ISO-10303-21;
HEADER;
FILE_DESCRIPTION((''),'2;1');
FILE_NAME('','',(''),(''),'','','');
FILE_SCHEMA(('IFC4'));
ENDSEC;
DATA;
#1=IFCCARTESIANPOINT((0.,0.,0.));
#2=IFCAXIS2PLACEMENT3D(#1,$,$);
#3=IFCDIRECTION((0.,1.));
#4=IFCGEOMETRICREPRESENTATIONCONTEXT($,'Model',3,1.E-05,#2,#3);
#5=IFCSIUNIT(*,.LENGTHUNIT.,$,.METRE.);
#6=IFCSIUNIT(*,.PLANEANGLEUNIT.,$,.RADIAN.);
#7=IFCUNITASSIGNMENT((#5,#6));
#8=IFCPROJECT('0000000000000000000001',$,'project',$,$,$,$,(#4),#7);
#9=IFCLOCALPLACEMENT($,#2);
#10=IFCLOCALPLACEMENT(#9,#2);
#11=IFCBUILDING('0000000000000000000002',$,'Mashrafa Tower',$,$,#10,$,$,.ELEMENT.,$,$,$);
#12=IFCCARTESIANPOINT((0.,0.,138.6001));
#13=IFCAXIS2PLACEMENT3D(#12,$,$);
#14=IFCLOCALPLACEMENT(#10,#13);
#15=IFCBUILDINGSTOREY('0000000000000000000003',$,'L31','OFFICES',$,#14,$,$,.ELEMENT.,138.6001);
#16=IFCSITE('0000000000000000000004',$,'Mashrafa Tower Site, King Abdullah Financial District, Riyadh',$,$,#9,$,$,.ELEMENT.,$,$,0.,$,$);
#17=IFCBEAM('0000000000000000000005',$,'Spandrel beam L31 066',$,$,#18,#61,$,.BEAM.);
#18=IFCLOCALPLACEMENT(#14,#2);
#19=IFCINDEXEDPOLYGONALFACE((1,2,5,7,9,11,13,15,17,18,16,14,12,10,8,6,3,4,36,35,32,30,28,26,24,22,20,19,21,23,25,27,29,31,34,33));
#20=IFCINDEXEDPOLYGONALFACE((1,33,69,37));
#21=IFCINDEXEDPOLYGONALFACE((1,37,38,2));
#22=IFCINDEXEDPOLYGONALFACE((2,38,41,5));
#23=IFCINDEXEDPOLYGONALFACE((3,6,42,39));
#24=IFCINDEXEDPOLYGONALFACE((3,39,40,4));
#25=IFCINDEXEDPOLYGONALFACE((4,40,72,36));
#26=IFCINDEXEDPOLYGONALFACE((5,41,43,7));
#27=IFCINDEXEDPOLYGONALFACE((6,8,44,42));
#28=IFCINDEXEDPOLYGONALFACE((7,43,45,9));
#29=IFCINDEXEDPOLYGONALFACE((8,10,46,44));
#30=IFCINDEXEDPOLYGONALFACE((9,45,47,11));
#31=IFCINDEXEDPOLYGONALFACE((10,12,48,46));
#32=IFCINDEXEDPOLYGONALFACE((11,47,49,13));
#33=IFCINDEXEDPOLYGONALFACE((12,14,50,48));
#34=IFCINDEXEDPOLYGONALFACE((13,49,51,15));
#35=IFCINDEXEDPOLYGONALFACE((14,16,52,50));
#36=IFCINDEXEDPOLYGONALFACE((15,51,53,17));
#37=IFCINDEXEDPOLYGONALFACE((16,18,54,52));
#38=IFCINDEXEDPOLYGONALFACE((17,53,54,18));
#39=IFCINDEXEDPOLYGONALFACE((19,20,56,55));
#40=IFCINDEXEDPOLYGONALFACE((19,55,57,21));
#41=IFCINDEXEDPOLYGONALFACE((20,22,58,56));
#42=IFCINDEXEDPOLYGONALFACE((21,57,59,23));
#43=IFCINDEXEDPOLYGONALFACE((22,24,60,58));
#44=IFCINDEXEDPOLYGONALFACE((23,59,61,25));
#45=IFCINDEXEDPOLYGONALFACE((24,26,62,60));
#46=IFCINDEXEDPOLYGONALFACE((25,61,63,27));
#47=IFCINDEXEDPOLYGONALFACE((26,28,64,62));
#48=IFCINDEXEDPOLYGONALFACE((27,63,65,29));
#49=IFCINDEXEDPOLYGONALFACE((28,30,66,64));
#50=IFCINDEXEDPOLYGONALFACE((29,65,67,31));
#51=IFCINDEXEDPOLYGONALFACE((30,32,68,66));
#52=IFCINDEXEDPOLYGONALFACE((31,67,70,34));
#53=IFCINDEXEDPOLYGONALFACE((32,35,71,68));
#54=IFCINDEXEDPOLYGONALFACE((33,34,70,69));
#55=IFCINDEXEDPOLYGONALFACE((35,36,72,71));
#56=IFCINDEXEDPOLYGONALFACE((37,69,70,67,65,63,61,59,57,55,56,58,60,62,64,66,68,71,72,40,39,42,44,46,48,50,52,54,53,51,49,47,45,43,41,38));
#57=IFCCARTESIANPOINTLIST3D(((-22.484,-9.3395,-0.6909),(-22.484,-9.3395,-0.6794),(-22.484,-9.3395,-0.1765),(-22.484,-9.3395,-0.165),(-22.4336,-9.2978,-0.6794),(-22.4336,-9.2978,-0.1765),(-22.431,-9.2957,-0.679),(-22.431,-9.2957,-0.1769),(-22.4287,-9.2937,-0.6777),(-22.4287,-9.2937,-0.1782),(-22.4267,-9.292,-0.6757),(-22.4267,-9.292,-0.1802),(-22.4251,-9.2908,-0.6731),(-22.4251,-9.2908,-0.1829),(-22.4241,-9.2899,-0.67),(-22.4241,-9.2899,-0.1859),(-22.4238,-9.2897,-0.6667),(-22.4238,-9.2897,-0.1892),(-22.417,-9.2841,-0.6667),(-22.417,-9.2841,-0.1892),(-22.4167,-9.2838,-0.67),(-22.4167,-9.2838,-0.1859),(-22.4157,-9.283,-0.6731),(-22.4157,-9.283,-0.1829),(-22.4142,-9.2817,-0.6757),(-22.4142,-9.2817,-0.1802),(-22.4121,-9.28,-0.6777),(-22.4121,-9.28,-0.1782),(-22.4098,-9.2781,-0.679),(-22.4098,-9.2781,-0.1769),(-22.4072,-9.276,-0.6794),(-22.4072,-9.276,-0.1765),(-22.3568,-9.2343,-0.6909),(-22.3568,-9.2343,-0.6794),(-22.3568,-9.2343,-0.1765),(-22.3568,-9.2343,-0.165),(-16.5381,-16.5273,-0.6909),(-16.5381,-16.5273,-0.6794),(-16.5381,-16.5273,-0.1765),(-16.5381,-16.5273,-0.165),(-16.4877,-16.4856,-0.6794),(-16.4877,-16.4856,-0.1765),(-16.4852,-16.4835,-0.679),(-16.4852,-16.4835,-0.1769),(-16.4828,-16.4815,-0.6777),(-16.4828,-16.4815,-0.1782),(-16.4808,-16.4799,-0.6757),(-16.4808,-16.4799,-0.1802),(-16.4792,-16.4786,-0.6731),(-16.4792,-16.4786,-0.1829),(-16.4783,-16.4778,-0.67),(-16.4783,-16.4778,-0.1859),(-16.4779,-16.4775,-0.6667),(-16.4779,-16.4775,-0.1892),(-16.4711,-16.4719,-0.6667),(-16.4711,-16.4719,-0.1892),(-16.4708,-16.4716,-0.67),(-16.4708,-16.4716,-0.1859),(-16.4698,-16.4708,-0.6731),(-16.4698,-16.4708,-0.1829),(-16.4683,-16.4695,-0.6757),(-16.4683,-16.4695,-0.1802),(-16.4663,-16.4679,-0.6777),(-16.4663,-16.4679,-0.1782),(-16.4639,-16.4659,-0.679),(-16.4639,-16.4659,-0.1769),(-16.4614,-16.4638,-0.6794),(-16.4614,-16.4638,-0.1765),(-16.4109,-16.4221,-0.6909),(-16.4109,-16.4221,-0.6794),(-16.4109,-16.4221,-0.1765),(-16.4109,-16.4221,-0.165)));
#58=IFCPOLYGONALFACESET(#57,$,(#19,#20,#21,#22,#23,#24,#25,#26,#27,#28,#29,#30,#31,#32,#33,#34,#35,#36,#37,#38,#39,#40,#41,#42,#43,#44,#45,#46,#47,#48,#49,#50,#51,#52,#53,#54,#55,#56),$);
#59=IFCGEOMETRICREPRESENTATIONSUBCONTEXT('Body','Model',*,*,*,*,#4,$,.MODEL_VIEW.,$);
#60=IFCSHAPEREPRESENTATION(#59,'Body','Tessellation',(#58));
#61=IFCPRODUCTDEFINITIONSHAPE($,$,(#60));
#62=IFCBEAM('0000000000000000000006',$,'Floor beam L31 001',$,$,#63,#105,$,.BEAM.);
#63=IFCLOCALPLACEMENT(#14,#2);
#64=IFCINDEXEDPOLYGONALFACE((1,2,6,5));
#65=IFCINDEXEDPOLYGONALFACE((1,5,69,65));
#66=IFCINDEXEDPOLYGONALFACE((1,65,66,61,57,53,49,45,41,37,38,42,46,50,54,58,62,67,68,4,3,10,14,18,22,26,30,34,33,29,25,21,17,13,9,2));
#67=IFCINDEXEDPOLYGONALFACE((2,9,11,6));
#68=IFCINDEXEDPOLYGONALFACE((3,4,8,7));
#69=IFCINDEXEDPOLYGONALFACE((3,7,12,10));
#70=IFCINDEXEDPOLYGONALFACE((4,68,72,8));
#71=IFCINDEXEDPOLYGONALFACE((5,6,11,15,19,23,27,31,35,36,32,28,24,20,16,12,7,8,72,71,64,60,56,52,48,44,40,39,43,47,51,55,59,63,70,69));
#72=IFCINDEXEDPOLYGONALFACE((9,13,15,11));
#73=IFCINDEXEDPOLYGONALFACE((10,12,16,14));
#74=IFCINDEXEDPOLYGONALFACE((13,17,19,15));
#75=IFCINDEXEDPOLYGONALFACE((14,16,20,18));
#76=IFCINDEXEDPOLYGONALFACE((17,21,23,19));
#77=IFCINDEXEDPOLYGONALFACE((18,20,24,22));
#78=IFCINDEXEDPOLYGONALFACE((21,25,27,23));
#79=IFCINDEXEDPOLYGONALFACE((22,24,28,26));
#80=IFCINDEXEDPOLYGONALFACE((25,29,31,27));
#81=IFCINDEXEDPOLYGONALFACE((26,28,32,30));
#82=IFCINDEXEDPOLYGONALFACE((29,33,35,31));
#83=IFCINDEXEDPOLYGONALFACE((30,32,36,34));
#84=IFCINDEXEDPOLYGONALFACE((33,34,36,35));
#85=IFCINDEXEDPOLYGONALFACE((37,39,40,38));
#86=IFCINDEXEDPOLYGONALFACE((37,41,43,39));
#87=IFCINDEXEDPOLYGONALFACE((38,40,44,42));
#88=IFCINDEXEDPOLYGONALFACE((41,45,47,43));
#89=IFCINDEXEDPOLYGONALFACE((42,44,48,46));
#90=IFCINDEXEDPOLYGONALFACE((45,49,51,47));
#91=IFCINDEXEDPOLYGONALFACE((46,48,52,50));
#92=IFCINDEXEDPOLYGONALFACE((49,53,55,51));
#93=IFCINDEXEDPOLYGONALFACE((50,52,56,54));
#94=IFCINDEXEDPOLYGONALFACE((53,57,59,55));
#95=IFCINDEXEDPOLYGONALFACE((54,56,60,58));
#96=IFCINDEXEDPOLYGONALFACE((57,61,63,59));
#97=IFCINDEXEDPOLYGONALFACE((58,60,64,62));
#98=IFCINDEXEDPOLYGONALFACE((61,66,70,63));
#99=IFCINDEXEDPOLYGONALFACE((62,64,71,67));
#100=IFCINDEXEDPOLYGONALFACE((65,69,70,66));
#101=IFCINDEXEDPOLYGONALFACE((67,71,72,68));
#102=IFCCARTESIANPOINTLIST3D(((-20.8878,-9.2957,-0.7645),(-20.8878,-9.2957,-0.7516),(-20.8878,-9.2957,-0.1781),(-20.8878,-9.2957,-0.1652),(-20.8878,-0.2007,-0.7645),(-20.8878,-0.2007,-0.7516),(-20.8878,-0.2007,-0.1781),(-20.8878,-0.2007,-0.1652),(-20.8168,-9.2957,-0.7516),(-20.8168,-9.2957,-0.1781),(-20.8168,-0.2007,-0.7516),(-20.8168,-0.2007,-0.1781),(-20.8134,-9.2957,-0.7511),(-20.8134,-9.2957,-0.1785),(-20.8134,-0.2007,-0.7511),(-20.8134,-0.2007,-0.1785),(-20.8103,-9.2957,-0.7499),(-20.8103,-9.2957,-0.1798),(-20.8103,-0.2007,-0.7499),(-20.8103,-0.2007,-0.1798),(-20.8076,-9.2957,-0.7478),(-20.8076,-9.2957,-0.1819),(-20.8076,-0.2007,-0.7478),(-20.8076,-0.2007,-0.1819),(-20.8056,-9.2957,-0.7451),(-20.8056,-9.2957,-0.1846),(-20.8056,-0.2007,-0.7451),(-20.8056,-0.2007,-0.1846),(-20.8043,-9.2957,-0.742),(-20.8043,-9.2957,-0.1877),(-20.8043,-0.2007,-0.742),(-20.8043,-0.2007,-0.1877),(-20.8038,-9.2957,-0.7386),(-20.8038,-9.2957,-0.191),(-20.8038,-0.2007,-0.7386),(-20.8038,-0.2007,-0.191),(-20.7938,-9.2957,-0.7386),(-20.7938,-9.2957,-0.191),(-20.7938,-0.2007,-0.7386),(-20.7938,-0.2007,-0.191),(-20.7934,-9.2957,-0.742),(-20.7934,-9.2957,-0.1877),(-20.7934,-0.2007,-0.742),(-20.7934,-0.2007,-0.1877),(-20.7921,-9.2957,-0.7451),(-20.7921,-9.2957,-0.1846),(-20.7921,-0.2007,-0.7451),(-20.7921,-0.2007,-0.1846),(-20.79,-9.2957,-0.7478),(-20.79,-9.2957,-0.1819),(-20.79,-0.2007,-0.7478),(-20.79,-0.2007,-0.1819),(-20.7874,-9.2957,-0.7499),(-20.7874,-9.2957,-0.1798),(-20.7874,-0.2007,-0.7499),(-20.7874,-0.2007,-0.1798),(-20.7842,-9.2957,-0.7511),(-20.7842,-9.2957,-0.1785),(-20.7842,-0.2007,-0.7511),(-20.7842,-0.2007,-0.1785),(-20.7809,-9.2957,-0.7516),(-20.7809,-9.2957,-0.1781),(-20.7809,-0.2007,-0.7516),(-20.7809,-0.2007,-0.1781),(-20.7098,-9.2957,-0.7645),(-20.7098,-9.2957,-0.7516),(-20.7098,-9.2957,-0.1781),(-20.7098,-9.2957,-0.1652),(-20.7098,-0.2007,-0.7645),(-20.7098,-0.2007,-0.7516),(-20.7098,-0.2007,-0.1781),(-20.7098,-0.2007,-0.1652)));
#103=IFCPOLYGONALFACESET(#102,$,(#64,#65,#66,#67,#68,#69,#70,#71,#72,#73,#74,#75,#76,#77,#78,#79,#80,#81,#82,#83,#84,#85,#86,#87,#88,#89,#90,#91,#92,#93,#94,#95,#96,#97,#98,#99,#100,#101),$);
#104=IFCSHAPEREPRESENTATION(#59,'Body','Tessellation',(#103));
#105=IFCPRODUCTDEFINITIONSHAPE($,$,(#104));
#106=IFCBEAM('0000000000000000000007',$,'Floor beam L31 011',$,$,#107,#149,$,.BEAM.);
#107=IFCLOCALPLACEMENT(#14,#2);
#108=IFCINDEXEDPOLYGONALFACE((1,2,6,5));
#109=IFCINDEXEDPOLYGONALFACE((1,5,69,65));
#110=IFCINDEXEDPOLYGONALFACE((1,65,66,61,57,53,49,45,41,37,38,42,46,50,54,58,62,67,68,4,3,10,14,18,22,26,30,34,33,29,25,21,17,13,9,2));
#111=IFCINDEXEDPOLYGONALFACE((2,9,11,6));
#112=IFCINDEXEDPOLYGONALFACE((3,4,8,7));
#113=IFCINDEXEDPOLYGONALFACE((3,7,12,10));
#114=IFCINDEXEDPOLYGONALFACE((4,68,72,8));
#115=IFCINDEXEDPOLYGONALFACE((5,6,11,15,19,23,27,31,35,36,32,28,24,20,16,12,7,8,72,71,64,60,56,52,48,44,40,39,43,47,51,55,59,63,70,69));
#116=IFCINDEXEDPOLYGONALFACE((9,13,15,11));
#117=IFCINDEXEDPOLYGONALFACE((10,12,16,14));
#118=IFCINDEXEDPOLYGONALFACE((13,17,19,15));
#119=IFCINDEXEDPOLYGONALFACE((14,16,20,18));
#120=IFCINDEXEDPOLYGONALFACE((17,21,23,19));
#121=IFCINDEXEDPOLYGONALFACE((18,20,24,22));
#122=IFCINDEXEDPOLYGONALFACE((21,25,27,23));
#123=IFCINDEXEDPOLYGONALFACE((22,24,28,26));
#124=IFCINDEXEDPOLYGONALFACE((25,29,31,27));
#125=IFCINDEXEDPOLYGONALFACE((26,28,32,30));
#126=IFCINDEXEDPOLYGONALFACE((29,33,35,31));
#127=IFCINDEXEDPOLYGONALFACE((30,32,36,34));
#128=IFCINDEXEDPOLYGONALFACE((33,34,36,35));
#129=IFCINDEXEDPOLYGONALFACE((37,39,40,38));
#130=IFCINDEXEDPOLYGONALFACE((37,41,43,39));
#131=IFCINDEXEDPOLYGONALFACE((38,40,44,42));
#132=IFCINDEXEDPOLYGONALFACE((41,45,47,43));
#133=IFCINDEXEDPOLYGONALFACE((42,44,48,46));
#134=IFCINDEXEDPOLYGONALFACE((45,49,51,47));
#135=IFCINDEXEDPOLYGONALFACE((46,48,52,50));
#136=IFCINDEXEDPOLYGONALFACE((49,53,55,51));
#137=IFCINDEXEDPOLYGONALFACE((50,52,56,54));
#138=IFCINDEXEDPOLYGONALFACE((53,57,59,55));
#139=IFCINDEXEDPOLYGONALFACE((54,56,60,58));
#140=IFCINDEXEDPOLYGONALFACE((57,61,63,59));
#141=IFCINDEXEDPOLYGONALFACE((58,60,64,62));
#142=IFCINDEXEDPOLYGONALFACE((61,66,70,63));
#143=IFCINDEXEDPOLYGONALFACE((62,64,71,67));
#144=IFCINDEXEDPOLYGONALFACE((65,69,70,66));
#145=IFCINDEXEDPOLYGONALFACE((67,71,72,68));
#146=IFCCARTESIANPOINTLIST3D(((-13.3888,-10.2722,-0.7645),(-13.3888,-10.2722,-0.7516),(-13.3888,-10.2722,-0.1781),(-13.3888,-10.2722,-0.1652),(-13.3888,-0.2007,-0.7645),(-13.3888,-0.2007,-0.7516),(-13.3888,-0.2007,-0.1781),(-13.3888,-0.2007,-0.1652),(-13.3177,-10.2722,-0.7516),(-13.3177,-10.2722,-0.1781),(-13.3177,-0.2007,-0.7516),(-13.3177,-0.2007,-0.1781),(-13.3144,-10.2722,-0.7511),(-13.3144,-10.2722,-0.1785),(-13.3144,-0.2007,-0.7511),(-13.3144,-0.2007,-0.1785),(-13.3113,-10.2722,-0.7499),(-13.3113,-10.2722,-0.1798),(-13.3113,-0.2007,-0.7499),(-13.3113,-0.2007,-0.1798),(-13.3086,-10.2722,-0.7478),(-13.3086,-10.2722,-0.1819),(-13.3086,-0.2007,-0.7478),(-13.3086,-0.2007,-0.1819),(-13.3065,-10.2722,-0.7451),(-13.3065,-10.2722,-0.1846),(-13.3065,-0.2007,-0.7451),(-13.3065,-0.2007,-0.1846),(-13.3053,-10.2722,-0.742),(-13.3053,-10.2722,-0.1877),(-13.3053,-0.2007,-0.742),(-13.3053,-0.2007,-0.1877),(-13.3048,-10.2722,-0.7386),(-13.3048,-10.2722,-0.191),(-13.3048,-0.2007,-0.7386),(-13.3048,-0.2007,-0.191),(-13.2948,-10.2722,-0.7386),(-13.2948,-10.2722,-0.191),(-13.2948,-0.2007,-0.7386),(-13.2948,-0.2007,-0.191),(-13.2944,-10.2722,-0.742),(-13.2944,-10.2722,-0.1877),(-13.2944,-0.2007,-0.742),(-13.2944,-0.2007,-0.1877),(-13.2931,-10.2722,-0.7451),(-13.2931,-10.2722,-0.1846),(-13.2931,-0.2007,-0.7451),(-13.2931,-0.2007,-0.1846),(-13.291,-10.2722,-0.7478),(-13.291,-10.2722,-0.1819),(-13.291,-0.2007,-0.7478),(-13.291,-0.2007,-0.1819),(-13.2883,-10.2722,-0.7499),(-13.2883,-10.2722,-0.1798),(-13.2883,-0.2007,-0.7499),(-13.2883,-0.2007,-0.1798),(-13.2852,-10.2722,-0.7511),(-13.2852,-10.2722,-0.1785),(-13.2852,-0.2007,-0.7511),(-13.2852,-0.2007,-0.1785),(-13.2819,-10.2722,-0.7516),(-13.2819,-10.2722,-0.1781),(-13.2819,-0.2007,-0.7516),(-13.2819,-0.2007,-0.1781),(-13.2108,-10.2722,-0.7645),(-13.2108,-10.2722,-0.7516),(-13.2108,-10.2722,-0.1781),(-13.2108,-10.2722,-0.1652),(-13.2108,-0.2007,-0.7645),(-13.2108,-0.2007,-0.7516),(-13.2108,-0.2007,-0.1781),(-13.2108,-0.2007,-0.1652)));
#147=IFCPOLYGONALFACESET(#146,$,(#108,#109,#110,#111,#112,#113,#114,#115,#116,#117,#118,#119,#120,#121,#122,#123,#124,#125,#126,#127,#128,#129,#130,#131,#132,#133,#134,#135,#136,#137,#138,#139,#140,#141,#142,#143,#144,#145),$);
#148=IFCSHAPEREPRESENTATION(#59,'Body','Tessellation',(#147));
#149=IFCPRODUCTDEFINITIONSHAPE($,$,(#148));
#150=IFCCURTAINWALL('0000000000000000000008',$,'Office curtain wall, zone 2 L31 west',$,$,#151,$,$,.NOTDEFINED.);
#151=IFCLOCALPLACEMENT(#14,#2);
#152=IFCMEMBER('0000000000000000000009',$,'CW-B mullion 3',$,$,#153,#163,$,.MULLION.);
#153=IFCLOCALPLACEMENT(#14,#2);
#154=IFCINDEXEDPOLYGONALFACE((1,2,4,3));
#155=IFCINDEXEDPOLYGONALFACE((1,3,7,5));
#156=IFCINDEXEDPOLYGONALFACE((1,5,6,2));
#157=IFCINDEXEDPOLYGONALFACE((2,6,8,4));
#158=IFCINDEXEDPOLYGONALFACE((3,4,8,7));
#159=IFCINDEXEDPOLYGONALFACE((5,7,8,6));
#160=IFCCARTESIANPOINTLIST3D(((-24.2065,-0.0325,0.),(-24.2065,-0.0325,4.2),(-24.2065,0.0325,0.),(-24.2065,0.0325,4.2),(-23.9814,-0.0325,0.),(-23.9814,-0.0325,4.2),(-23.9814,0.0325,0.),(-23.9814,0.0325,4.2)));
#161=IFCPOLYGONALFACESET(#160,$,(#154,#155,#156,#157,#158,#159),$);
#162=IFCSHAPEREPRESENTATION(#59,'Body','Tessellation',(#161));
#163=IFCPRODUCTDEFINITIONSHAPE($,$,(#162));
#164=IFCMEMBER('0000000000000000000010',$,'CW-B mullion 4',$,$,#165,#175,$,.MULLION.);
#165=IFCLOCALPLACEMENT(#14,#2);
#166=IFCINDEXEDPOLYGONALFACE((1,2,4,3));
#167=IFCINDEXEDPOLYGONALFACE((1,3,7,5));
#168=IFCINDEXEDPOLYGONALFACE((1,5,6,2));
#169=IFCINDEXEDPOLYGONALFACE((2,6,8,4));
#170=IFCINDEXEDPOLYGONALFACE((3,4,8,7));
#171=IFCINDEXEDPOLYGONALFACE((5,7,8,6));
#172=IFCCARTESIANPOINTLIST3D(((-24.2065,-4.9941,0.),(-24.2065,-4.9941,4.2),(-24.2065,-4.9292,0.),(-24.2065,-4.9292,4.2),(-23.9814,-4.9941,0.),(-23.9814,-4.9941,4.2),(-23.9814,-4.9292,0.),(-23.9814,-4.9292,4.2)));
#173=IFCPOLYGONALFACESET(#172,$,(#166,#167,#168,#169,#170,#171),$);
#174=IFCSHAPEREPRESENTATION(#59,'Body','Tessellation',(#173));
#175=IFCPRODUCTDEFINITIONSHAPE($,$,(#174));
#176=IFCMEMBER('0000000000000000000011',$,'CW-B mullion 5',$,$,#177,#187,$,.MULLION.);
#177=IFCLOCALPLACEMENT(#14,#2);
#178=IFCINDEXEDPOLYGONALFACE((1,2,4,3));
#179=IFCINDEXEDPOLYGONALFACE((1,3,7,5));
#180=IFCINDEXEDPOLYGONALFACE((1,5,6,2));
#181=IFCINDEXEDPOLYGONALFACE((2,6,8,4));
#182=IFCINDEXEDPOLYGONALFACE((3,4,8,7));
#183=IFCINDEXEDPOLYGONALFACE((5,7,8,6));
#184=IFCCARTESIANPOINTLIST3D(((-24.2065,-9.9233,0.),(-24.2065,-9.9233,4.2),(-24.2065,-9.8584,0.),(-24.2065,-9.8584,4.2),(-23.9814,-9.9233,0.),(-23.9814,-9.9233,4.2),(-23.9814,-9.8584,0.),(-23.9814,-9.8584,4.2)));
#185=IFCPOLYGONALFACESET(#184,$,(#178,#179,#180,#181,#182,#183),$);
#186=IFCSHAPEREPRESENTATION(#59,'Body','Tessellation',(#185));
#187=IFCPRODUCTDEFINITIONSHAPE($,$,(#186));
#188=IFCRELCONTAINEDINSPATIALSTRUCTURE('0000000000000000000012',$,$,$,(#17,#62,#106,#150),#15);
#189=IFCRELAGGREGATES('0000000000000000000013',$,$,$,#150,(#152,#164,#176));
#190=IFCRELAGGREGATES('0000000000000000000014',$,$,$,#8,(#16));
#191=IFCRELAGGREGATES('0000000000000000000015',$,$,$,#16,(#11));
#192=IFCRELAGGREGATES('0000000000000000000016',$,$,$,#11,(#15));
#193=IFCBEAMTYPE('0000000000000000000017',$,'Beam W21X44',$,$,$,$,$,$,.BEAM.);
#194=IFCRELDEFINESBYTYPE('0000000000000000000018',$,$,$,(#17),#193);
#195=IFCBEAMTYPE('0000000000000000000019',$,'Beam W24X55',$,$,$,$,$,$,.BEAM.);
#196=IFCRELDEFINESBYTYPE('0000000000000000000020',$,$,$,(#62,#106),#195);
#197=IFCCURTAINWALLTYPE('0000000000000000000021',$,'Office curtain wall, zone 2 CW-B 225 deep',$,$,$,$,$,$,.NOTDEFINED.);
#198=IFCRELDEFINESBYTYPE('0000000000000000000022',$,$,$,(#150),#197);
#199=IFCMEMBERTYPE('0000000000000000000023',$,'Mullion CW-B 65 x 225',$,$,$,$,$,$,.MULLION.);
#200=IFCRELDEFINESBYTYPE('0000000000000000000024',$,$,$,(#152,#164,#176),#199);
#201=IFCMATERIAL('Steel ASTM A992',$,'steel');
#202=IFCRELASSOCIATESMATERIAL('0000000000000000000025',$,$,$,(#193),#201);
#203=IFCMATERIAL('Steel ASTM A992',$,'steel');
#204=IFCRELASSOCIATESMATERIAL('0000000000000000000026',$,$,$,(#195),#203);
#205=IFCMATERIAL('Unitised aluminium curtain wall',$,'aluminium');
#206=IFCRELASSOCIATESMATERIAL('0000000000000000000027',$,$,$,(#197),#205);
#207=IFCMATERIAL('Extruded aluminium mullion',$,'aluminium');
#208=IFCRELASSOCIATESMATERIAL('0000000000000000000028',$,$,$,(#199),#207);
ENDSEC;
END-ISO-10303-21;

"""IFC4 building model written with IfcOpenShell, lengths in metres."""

from ifc_helpers import new_model, si_unit, direction, frame, origin, origin_2d, place, context, subcontext, project, spatial, rectangle, i_section, extrude, source, transform, mapped, material, material_profile, profile_set, type_object, type_shapes, element, aggregate, save


model = new_model("IFC4")

# Units and contexts
model_context = context("Model", 3, precision=1e-05, world=origin(), true_north=direction((0.0, 1.0)))
body_context = subcontext(model_context, "Body", "Model", "MODEL_VIEW")
ifc_project = project(units=[si_unit("LENGTHUNIT", "METRE"), si_unit("PLANEANGLEUNIT", "RADIAN")], contexts=[model_context])

# Site, building, storey
site_placement = place(None, origin())
site = spatial("IfcSite", under=ifc_project, at=site_placement, Name="Mashrafa Tower Site, King Abdullah Financial District, Riyadh", CompositionType="ELEMENT", RefElevation=0.0)
building_placement = place(site_placement, origin())
building = spatial("IfcBuilding", under=site, at=building_placement, Name="Mashrafa Tower", CompositionType="ELEMENT")
storey_placement = place(building_placement, frame((0.0, 0.0, 138.6001)))
storey = spatial("IfcBuildingStorey", under=building, at=storey_placement, Name="L31", Description="OFFICES", CompositionType="ELEMENT", Elevation=138.6001)

# Beams
ifc_material_1 = material(Name="Steel ASTM A992", Category="steel")
ifc_material_profile_1 = material_profile(ifc_material_1, i_section(OverallWidth=0.165, OverallDepth=0.5259, WebThickness=0.0088, FlangeThickness=0.0115, FilletRadius=0.0127, at=origin_2d()), Name="W21X44")
ifc_profile_set_1 = profile_set([ifc_material_profile_1], Name="Steel ASTM A992")
beam_type_1 = type_object("IfcBeamType", Name="Beam W21X44", PredefinedType="BEAM", material=ifc_profile_set_1)
for number, where, z_axis, x_axis, name in (
    (1, (-22.4204, -9.2869, -0.428), (0.637397, -0.770535, 0.0), (0.770535, 0.637397, 0.0), "Spandrel beam L31 066"),
):
    element("IfcBeam", number, at=place(storey_placement, frame(where, z_axis=z_axis, x_axis=x_axis)), inside=storey, type_object=beam_type_1, Name=name, PredefinedType="BEAM", context=body_context, shape_type="SweptSolid", body=[
        extrude(i_section(OverallWidth=0.165, OverallDepth=0.5259, WebThickness=0.0088, FlangeThickness=0.0115, FilletRadius=0.0127, at=origin_2d()), origin(), (0.0, 0.0, 1.0), 9.3284),
    ])
ifc_material_2 = material(Name="Steel ASTM A992", Category="steel")
ifc_material_profile_2 = material_profile(ifc_material_2, i_section(OverallWidth=0.178, OverallDepth=0.5994, WebThickness=0.01, FlangeThickness=0.0129, FilletRadius=0.0129, at=origin_2d()), Name="W24X55")
ifc_profile_set_2 = profile_set([ifc_material_profile_2], Name="Steel ASTM A992")
beam_type_2 = type_object("IfcBeamType", Name="Beam W24X55", PredefinedType="BEAM", material=ifc_profile_set_2)
beam_1_placement = place(storey_placement, frame((-20.7988, -9.2957, -0.4648), z_axis=(0.0, 1.0, 0.0), x_axis=(-1.0, 0.0, 0.0)))
element("IfcBeam", 2, at=beam_1_placement, inside=storey, type_object=beam_type_2, Name="Floor beam L31 001", PredefinedType="BEAM", context=body_context, shape_type="SweptSolid", body=[
    extrude(i_section(OverallWidth=0.178, OverallDepth=0.5994, WebThickness=0.01, FlangeThickness=0.0129, FilletRadius=0.0129, at=origin_2d()), origin(), (0.0, 0.0, 1.0), 9.095),
])
beam_2_placement = place(storey_placement, frame((-13.2998, -10.2722, -0.4648), z_axis=(0.0, 1.0, 0.0), x_axis=(-1.0, 0.0, 0.0)))
element("IfcBeam", 3, at=beam_2_placement, inside=storey, type_object=beam_type_2, Name="Floor beam L31 011", PredefinedType="BEAM", context=body_context, shape_type="SweptSolid", body=[
    extrude(i_section(OverallWidth=0.178, OverallDepth=0.5994, WebThickness=0.01, FlangeThickness=0.0129, FilletRadius=0.0129, at=origin_2d()), origin(), (0.0, 0.0, 1.0), 10.0715),
])

# Curtain wall, members
ifc_material_3 = material(Name="Unitised aluminium curtain wall", Category="aluminium")
curtain_wall_type = type_object("IfcCurtainWallType", Name="Office curtain wall, zone 2 CW-B 225 deep", PredefinedType="NOTDEFINED", material=ifc_material_3)
curtain_wall_1_placement = place(storey_placement, origin())
curtain_wall_1 = element("IfcCurtainWall", 4, at=curtain_wall_1_placement, inside=storey, type_object=curtain_wall_type, Name="Office curtain wall, zone 2 L31 west", PredefinedType="NOTDEFINED")
ifc_material_4 = material(Name="Extruded aluminium mullion", Category="aluminium")
ifc_material_profile_3 = material_profile(ifc_material_4, rectangle(XDim=0.2251, YDim=0.0649, at=origin_2d()), Name="Mullion 65x225")
ifc_profile_set_3 = profile_set([ifc_material_profile_3], Name="Extruded aluminium mullion")
member_type_1 = type_object("IfcMemberType", Name="Mullion CW-B 65 x 225", PredefinedType="MULLION", material=ifc_profile_set_3)
shared_shape_1 = source(origin(), body_context, "Body", "SweptSolid", [
    extrude(rectangle(XDim=0.2251, YDim=0.0649, at=origin_2d()), origin(), (0.0, 0.0, 1.0), 4.2),
])
type_shapes(member_type_1, [shared_shape_1])
member_1_placement = place(storey_placement, frame((-24.094, 0.0, 0.0), z_axis=(0.0, 0.0, 1.0), x_axis=(1.0, 0.0, 0.0)))
member_1 = element("IfcMember", 5, at=member_1_placement, type_object=member_type_1, Name="CW-B mullion 3", PredefinedType="MULLION", context=body_context, shape_type="MappedRepresentation", body=[
    mapped(shared_shape_1, transform((0.0, 0.0, 0.0))),
])
member_2_placement = place(storey_placement, frame((-24.094, -4.9617, 0.0), z_axis=(0.0, 0.0, 1.0), x_axis=(1.0, 0.0, 0.0)))
member_2 = element("IfcMember", 6, at=member_2_placement, type_object=member_type_1, Name="CW-B mullion 4", PredefinedType="MULLION", context=body_context, shape_type="MappedRepresentation", body=[
    mapped(shared_shape_1, transform((0.0, 0.0, 0.0))),
])
member_3_placement = place(storey_placement, frame((-24.094, -9.8909, 0.0), z_axis=(0.0, 0.0, 1.0), x_axis=(1.0, 0.0, 0.0)))
member_3 = element("IfcMember", 7, at=member_3_placement, type_object=member_type_1, Name="CW-B mullion 5", PredefinedType="MULLION", context=body_context, shape_type="MappedRepresentation", body=[
    mapped(shared_shape_1, transform((0.0, 0.0, 0.0))),
])

aggregate(curtain_wall_1, [member_1, member_2, member_3])

save(model, "model.ifc")
